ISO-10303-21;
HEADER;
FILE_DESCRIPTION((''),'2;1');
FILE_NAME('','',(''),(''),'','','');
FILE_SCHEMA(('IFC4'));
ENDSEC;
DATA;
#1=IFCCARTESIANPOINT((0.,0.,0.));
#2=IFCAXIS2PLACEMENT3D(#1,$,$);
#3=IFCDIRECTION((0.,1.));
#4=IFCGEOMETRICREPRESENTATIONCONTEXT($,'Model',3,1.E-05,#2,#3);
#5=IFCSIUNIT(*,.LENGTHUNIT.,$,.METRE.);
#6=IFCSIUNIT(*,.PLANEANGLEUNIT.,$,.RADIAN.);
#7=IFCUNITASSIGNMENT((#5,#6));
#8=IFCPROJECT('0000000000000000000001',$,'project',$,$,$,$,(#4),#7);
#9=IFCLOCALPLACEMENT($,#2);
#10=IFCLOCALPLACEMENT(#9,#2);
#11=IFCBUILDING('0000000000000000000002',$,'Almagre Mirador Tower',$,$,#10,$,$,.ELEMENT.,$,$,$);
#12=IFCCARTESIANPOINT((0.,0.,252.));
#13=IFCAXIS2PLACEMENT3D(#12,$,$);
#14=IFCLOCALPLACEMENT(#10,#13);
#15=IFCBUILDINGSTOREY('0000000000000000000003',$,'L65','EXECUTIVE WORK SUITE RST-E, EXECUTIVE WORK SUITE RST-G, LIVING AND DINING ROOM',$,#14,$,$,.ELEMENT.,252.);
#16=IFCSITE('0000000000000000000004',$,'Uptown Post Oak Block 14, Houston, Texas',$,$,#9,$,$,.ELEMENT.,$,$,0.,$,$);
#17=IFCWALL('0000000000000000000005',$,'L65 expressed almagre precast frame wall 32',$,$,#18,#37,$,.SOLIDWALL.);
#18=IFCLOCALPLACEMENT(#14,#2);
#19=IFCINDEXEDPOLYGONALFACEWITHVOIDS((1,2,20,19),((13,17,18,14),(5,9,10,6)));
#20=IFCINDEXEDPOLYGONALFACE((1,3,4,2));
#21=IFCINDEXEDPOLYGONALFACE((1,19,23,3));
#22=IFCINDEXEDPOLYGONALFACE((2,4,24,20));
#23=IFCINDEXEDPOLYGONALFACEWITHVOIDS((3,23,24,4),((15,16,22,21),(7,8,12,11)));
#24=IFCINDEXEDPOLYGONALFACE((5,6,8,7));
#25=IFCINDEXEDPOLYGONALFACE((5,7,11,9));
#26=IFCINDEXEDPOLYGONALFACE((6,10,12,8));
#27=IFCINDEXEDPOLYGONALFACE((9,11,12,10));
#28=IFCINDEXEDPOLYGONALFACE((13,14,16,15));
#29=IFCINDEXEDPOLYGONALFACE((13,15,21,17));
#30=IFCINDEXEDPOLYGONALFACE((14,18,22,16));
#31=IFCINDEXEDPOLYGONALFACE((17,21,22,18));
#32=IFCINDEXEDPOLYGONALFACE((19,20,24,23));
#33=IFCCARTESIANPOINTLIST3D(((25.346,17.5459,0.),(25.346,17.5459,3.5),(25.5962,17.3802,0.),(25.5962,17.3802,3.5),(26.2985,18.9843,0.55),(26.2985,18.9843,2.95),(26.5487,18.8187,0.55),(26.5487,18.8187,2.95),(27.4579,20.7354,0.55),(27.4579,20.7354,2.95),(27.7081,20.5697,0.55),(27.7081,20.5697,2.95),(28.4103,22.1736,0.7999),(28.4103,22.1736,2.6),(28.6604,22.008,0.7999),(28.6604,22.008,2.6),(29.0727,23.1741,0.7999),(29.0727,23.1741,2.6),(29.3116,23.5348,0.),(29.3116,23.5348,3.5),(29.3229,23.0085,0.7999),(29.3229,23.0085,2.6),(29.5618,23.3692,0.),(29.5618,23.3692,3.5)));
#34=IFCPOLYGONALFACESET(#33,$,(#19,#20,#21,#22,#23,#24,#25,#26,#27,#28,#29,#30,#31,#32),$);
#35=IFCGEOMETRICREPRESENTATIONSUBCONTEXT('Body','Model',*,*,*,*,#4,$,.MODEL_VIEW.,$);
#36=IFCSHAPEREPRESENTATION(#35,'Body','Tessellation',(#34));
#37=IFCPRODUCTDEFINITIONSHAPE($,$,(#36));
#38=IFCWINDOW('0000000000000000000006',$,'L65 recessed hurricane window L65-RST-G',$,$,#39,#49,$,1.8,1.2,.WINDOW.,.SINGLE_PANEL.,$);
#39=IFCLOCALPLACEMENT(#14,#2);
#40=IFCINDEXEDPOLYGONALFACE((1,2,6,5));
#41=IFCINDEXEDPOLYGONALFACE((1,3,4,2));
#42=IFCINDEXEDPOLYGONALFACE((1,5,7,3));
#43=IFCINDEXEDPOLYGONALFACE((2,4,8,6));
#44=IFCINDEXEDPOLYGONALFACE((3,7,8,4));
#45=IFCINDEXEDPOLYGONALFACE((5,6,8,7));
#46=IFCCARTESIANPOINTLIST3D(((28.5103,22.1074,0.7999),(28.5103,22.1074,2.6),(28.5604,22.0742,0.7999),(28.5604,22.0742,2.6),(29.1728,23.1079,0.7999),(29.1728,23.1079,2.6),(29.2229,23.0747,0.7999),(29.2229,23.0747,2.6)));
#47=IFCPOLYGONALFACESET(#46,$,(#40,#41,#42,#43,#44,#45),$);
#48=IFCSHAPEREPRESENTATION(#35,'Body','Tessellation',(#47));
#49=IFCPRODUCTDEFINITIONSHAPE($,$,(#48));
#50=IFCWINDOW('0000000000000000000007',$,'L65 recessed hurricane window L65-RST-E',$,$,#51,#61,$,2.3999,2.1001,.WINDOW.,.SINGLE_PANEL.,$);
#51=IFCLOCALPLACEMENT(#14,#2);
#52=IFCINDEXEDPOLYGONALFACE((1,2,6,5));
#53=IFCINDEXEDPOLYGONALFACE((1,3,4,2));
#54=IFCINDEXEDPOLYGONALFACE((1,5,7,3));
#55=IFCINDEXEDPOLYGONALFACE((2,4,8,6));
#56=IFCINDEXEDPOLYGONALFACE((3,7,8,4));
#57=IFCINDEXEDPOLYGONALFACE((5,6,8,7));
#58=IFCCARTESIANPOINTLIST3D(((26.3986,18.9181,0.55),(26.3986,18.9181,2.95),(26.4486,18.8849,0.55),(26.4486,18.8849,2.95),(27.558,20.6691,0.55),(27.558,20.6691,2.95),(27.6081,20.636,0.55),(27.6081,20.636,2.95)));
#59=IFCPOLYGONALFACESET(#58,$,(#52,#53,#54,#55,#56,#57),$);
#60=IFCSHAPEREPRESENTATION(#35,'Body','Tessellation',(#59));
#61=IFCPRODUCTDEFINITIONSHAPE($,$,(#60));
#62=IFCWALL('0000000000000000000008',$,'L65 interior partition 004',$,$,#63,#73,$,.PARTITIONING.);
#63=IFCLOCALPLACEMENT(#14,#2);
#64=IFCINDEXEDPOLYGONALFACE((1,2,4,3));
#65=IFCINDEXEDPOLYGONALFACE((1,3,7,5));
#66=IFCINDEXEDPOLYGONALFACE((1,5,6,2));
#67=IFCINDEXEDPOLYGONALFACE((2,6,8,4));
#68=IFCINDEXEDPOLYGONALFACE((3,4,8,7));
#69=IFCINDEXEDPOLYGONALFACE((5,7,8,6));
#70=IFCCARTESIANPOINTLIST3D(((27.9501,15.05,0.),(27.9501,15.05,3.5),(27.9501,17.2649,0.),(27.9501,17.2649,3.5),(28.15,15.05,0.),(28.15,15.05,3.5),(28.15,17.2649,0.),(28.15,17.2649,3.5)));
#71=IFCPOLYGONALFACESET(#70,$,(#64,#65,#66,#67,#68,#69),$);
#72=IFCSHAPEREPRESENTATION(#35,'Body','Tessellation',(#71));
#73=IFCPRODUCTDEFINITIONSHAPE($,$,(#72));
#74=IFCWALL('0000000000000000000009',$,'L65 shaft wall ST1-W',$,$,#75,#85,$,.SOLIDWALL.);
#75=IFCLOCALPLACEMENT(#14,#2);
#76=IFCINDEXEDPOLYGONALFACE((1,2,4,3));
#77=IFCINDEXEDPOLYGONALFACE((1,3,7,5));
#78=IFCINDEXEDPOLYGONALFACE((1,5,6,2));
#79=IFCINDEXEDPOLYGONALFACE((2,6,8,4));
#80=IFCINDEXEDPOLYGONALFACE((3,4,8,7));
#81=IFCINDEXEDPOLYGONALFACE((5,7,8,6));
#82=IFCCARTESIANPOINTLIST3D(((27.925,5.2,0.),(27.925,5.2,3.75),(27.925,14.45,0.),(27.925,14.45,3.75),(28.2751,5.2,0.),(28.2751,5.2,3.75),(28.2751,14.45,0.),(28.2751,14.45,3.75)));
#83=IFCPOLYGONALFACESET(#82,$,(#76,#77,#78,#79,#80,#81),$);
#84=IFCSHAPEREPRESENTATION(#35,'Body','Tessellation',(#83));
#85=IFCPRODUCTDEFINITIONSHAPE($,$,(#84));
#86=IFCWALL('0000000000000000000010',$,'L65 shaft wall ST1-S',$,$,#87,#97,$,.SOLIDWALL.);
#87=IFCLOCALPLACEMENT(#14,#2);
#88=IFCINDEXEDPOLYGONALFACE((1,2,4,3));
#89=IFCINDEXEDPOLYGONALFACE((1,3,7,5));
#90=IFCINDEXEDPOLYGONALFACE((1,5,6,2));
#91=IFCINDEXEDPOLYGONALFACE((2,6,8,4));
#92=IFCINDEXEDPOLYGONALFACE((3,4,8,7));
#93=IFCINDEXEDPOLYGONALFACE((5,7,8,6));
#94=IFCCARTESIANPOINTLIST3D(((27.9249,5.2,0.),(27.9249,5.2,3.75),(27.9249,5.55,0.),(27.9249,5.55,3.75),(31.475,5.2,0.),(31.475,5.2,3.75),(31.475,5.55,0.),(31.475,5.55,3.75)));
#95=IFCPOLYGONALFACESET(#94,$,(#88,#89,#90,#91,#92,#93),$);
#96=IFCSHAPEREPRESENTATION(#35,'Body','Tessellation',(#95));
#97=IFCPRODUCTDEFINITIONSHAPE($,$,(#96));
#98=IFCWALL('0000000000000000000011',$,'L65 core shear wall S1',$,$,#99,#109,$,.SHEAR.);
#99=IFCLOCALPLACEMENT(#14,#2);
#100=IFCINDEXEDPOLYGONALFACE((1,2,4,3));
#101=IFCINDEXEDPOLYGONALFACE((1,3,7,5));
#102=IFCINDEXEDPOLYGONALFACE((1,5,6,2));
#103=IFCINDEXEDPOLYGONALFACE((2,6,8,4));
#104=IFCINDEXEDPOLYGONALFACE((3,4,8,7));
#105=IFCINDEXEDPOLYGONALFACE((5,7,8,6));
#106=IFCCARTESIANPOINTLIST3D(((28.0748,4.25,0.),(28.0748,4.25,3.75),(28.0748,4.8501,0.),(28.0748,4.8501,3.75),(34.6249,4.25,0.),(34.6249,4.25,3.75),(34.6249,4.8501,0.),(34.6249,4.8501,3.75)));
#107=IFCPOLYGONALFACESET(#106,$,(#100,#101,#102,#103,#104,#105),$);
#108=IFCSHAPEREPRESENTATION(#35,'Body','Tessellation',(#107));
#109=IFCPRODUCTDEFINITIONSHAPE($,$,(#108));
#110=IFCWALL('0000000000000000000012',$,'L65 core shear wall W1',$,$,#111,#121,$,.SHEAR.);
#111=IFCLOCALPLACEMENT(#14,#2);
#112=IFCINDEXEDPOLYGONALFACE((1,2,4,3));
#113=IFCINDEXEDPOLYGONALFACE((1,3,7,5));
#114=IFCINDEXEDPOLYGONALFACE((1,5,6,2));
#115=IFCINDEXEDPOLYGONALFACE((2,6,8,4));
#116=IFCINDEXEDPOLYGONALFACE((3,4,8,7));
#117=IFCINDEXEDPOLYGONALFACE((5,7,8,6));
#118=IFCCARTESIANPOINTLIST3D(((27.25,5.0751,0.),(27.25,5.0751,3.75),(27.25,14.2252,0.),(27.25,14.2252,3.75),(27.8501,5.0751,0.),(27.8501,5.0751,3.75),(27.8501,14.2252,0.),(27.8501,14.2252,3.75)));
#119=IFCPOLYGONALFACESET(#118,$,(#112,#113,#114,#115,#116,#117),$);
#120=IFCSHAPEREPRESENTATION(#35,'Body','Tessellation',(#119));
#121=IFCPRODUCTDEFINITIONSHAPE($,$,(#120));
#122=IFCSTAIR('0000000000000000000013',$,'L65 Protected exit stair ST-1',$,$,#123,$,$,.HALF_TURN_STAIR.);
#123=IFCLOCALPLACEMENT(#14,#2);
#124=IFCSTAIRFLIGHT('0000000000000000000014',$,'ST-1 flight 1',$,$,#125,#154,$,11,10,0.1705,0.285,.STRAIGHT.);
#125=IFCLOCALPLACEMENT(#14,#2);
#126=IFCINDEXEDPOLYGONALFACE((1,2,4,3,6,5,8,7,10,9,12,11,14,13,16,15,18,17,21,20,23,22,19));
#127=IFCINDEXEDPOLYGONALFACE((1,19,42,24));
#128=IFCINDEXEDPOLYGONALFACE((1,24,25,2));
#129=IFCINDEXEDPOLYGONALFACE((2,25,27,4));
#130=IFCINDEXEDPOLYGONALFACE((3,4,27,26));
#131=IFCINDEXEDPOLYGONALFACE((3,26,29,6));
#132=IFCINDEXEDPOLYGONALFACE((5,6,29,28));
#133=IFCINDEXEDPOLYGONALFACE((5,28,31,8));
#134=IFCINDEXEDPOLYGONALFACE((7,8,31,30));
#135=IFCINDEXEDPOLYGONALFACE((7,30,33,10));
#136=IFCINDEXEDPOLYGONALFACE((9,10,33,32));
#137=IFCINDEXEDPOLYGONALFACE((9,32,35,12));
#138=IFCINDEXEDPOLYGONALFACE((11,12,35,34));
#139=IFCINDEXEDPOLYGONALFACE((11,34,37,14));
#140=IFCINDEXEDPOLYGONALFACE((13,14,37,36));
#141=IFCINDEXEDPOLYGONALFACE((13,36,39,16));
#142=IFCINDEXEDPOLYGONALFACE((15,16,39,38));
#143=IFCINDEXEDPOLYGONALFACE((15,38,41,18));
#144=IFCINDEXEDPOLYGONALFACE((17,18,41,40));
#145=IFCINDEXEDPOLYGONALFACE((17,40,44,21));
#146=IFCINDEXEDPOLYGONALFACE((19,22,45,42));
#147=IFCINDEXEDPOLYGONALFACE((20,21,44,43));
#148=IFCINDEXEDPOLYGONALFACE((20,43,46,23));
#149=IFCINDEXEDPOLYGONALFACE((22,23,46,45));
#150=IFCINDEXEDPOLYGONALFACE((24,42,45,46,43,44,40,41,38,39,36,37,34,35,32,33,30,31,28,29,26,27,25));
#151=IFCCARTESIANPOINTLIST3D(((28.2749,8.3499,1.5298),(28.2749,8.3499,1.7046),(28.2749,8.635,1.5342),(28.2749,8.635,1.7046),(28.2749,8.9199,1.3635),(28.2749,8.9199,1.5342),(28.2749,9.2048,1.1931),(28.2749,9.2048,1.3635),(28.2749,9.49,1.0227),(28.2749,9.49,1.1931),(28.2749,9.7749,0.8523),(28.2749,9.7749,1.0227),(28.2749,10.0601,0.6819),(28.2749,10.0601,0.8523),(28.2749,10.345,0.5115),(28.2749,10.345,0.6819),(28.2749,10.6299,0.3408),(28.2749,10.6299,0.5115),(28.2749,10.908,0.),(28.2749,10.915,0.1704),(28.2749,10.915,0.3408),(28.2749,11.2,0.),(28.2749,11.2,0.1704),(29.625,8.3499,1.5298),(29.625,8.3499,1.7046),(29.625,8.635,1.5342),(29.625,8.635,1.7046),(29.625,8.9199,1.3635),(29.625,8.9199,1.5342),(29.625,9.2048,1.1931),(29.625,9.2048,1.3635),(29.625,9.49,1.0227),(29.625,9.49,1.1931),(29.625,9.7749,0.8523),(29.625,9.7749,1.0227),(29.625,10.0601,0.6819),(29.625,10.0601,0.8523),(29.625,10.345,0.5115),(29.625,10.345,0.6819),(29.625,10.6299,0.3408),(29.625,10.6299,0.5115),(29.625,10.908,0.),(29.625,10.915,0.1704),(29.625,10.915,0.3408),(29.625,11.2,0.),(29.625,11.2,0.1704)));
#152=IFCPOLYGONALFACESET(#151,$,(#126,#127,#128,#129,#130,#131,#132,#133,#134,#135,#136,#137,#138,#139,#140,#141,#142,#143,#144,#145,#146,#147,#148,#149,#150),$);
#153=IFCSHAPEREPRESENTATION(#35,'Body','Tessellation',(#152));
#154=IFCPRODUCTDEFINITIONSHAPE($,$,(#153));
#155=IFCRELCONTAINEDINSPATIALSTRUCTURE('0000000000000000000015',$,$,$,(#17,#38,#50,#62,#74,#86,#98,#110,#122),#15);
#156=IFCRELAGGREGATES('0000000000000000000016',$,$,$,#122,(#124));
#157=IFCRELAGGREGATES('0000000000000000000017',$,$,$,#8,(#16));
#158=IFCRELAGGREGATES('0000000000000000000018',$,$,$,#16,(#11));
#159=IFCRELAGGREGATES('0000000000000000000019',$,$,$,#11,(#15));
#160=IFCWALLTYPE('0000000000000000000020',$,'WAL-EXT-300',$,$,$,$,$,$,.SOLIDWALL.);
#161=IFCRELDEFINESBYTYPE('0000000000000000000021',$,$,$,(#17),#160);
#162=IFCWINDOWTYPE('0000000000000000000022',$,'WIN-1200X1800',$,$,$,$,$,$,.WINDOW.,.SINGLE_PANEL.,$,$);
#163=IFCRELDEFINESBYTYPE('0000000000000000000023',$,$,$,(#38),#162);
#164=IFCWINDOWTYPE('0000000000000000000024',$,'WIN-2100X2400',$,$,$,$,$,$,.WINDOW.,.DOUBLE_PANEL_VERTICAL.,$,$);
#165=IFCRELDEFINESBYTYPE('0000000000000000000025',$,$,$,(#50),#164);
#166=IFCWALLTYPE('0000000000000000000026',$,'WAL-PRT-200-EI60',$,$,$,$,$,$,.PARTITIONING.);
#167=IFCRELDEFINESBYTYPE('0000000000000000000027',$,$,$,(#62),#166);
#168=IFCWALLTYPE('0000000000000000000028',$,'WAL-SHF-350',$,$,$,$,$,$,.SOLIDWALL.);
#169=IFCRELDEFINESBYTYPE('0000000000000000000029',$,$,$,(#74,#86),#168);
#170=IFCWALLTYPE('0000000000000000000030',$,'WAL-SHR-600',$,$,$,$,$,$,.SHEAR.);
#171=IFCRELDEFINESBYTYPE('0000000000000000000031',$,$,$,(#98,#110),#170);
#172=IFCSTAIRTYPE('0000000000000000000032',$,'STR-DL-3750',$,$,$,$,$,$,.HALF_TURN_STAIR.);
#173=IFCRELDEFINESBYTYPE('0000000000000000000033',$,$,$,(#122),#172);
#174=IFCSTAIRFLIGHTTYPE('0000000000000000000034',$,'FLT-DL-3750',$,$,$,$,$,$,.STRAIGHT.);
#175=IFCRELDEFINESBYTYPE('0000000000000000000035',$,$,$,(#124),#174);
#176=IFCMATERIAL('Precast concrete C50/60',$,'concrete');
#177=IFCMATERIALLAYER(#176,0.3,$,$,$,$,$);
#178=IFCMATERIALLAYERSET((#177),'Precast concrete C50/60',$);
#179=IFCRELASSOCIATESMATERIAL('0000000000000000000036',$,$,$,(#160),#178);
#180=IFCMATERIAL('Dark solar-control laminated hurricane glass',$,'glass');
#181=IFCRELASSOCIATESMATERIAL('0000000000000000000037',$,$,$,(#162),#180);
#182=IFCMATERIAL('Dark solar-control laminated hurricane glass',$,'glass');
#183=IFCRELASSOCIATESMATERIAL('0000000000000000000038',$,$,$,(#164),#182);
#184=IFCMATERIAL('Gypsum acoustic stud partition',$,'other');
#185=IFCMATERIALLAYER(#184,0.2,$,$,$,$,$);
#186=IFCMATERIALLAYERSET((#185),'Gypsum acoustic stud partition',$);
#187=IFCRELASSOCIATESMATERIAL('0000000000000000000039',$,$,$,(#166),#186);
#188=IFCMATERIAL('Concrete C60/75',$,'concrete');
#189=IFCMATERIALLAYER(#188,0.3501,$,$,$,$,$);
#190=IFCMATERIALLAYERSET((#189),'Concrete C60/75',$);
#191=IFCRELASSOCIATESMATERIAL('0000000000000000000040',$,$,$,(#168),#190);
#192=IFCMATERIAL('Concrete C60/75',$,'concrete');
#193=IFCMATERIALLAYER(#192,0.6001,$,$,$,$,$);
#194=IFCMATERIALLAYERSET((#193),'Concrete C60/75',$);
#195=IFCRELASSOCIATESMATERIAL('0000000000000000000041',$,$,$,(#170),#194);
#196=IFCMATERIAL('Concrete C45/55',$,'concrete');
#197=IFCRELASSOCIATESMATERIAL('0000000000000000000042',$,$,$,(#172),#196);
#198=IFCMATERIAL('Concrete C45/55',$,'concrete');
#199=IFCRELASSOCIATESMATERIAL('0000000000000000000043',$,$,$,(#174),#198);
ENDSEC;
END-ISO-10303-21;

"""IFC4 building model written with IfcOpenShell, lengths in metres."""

from ifc_helpers import new_model, si_unit, direction, frame, frame_2d, origin, place, context, subcontext, project, spatial, polyline, rectangle, outline, extrude, material, layer, layer_set, type_object, element, fill, aggregate, save


model = new_model("IFC4")

# Units and contexts
model_context = context("Model", 3, precision=1e-05, world=origin(), true_north=direction((0.0, 1.0)))
body_context = subcontext(model_context, "Body", "Model", "MODEL_VIEW")
ifc_project = project(units=[si_unit("LENGTHUNIT", "METRE"), si_unit("PLANEANGLEUNIT", "RADIAN")], contexts=[model_context])

# Site, building, storey
site_placement = place(None, origin())
site = spatial("IfcSite", under=ifc_project, at=site_placement, Name="Uptown Post Oak Block 14, Houston, Texas", CompositionType="ELEMENT", RefElevation=0.0)
building_placement = place(site_placement, origin())
building = spatial("IfcBuilding", under=site, at=building_placement, Name="Almagre Mirador Tower", CompositionType="ELEMENT")
storey_placement = place(building_placement, frame((0.0, 0.0, 252.0)))
storey = spatial("IfcBuildingStorey", under=building, at=storey_placement, Name="L65", Description="EXECUTIVE WORK SUITE RST-E, EXECUTIVE WORK SUITE RST-G, LIVING AND DINING ROOM", CompositionType="ELEMENT", Elevation=252.0)

# Shared definitions
ifc_material_1 = material(Name="Precast concrete C50/60", Category="concrete")
ifc_layer_1 = layer(ifc_material_1, 0.3)
ifc_layer_set_1 = layer_set([ifc_layer_1], Name="Precast concrete C50/60")
wall_type_1 = type_object("IfcWallType", Name="WAL-EXT-300", PredefinedType="SOLIDWALL", material=ifc_layer_set_1)
ifc_material_2 = material(Name="Dark solar-control laminated hurricane glass", Category="glass")
window_type_1 = type_object("IfcWindowType", Name="WIN-1200X1800", PartitioningType="SINGLE_PANEL", PredefinedType="WINDOW", material=ifc_material_2)

# Wall, openings, windows
wall_1_placement = place(storey_placement, frame((25.4712, 17.4631, 0.0), z_axis=(0.0, 0.0, 1.0), x_axis=(0.552086, 0.833787, 0.0)))
wall_1 = element("IfcWall", 1, at=wall_1_placement, inside=storey, type_object=wall_type_1, Name="L65 expressed almagre precast frame wall 32", PredefinedType="SOLIDWALL", context=body_context, shape_type="SweptSolid", body=[
    extrude(rectangle(XDim=7.1829, YDim=0.3, at=frame_2d((3.5913, 0.0))), origin(), (0.0, 0.0, 1.0), 3.5),
])
opening_1_placement = place(wall_1_placement, frame((1.7251, 0.0, 0.55)))
opening_1 = element("IfcOpeningElement", 2, at=opening_1_placement, cuts=wall_1, PredefinedType="OPENING", context=body_context, shape_type="SweptSolid", body=[
    extrude(rectangle(XDim=2.1001, YDim=2.3999, at=frame_2d((1.05, 1.2))), frame((0.0, 0.1599, 0.0), z_axis=(0.0, -1.0, 0.0), x_axis=(1.0, 0.0, 0.0)), (0.0, 0.0, 1.0), 0.32),
])
opening_2_placement = place(wall_1_placement, frame((5.55, 0.0, 0.8)))
opening_2 = element("IfcOpeningElement", 3, at=opening_2_placement, cuts=wall_1, PredefinedType="OPENING", context=body_context, shape_type="SweptSolid", body=[
    extrude(rectangle(XDim=1.2, YDim=1.8, at=frame_2d((0.6001, 0.8999))), frame((0.0, 0.1599, 0.0), z_axis=(0.0, -1.0, 0.0), x_axis=(1.0, 0.0, 0.0)), (0.0, 0.0, 1.0), 0.32),
])
window_1_placement = place(opening_2_placement, origin())
window_1 = element("IfcWindow", 4, at=window_1_placement, inside=storey, type_object=window_type_1, Name="L65 recessed hurricane window L65-RST-G", OverallHeight=1.8, OverallWidth=1.2, PartitioningType="SINGLE_PANEL", PredefinedType="WINDOW", context=body_context, shape_type="SweptSolid", body=[
    extrude(rectangle(XDim=1.2, YDim=1.8, at=frame_2d((0.6001, 0.8999))), frame((0.0, 0.03, 0.0), z_axis=(0.0, -1.0, 0.0), x_axis=(1.0, 0.0, 0.0)), (0.0, 0.0, 1.0), 0.0601),
])
fill(opening_2, window_1)
ifc_material_3 = material(Name="Dark solar-control laminated hurricane glass", Category="glass")
window_type_2 = type_object("IfcWindowType", Name="WIN-2100X2400", PartitioningType="DOUBLE_PANEL_VERTICAL", PredefinedType="WINDOW", material=ifc_material_3)
window_2_placement = place(opening_1_placement, origin())
window_2 = element("IfcWindow", 5, at=window_2_placement, inside=storey, type_object=window_type_2, Name="L65 recessed hurricane window L65-RST-E", OverallHeight=2.3999, OverallWidth=2.1001, PartitioningType="SINGLE_PANEL", PredefinedType="WINDOW", context=body_context, shape_type="SweptSolid", body=[
    extrude(rectangle(XDim=2.1001, YDim=2.3999, at=frame_2d((1.05, 1.2))), frame((0.0, 0.03, 0.0), z_axis=(0.0, -1.0, 0.0), x_axis=(1.0, 0.0, 0.0)), (0.0, 0.0, 1.0), 0.0601),
])
fill(opening_1, window_2)

# Walls
ifc_material_4 = material(Name="Gypsum acoustic stud partition", Category="other")
ifc_layer_2 = layer(ifc_material_4, 0.2)
ifc_layer_set_2 = layer_set([ifc_layer_2], Name="Gypsum acoustic stud partition")
wall_type_2 = type_object("IfcWallType", Name="WAL-PRT-200-EI60", PredefinedType="PARTITIONING", material=ifc_layer_set_2)
wall_2_placement = place(storey_placement, frame((28.05, 17.2649, 0.0), z_axis=(0.0, 0.0, 1.0), x_axis=(0.0, -1.0, 0.0)))
element("IfcWall", 6, at=wall_2_placement, inside=storey, type_object=wall_type_2, Name="L65 interior partition 004", PredefinedType="PARTITIONING", context=body_context, shape_type="SweptSolid", body=[
    extrude(rectangle(XDim=2.2148, YDim=0.2, at=frame_2d((1.1074, 0.0))), origin(), (0.0, 0.0, 1.0), 3.5),
])
ifc_material_5 = material(Name="Concrete C60/75", Category="concrete")
ifc_layer_3 = layer(ifc_material_5, 0.3501)
ifc_layer_set_3 = layer_set([ifc_layer_3], Name="Concrete C60/75")
wall_type_3 = type_object("IfcWallType", Name="WAL-SHF-350", PredefinedType="SOLIDWALL", material=ifc_layer_set_3)
wall_3_placement = place(storey_placement, frame((28.1001, 5.2, 0.0), z_axis=(0.0, 0.0, 1.0), x_axis=(0.0, 1.0, 0.0)))
element("IfcWall", 7, at=wall_3_placement, inside=storey, type_object=wall_type_3, Name="L65 shaft wall ST1-W", PredefinedType="SOLIDWALL", context=body_context, shape_type="SweptSolid", body=[
    extrude(rectangle(XDim=9.25, YDim=0.3501, at=frame_2d((4.625, 0.0))), origin(), (0.0, 0.0, 1.0), 3.75),
])
wall_4_placement = place(storey_placement, frame((27.925, 5.375, 0.0), z_axis=(0.0, 0.0, 1.0), x_axis=(1.0, 0.0, 0.0)))
element("IfcWall", 8, at=wall_4_placement, inside=storey, type_object=wall_type_3, Name="L65 shaft wall ST1-S", PredefinedType="SOLIDWALL", context=body_context, shape_type="SweptSolid", body=[
    extrude(rectangle(XDim=3.55, YDim=0.3501, at=frame_2d((1.7749, 0.0))), origin(), (0.0, 0.0, 1.0), 3.75),
])
ifc_material_6 = material(Name="Concrete C60/75", Category="concrete")
ifc_layer_4 = layer(ifc_material_6, 0.6001)
ifc_layer_set_4 = layer_set([ifc_layer_4], Name="Concrete C60/75")
wall_type_4 = type_object("IfcWallType", Name="WAL-SHR-600", PredefinedType="SHEAR", material=ifc_layer_set_4)
wall_5_placement = place(storey_placement, frame((28.075, 4.55, 0.0), z_axis=(0.0, 0.0, 1.0), x_axis=(1.0, 0.0, 0.0)))
element("IfcWall", 9, at=wall_5_placement, inside=storey, type_object=wall_type_4, Name="L65 core shear wall S1", PredefinedType="SHEAR", context=body_context, shape_type="SweptSolid", body=[
    extrude(rectangle(XDim=6.55, YDim=0.6001, at=frame_2d((3.2749, 0.0))), origin(), (0.0, 0.0, 1.0), 3.75),
])

# Wall
wall_6_placement = place(storey_placement, frame((27.55, 5.075, 0.0), z_axis=(0.0, 0.0, 1.0), x_axis=(0.0, 1.0, 0.0)))
element("IfcWall", 10, at=wall_6_placement, inside=storey, type_object=wall_type_4, Name="L65 core shear wall W1", PredefinedType="SHEAR", context=body_context, shape_type="SweptSolid", body=[
    extrude(rectangle(XDim=9.1501, YDim=0.6001, at=frame_2d((4.5752, 0.0))), origin(), (0.0, 0.0, 1.0), 3.75),
])

# Stair, stair flight
ifc_material_7 = material(Name="Concrete C45/55", Category="concrete")
stair_type = type_object("IfcStairType", Name="STR-DL-3750", PredefinedType="HALF_TURN_STAIR", material=ifc_material_7)
stair_placement = place(storey_placement, origin())
stair = element("IfcStair", 11, at=stair_placement, inside=storey, type_object=stair_type, Name="L65 Protected exit stair ST-1", PredefinedType="HALF_TURN_STAIR")
ifc_material_8 = material(Name="Concrete C45/55", Category="concrete")
stair_flight_type = type_object("IfcStairFlightType", Name="FLT-DL-3750", PredefinedType="STRAIGHT", material=ifc_material_8)
stair_flight_placement = place(storey_placement, frame((28.95, 11.2, 0.0), z_axis=(0.0, 0.0, 1.0), x_axis=(0.0, -1.0, 0.0)))
stair_flight = element("IfcStairFlight", 12, at=stair_flight_placement, type_object=stair_flight_type, Name="ST-1 flight 1", NumberOfRisers=11, NumberOfTreads=10, PredefinedType="STRAIGHT", RiserHeight=0.1705, TreadLength=0.285, context=body_context, shape_type="SweptSolid", body=[
    extrude(outline(polyline([(0.0, 0.0), (0.0, 0.1704), (0.2849, 0.1704), (0.2849, 0.3408), (0.5701, 0.3408), (0.5701, 0.5115), (0.855, 0.5115), (0.855, 0.6819), (1.1399, 0.6819), (1.1399, 0.8523), (1.425, 0.8523), (1.425, 1.0227), (1.71, 1.0227), (1.71, 1.1931), (1.9951, 1.1931), (1.9951, 1.3635), (2.28, 1.3635), (2.28, 1.5342), (2.5649, 1.5342), (2.5649, 1.7046), (2.8501, 1.7046), (2.8501, 1.875), (2.8501, 1.5298), (0.292, 0.0), (0.0, 0.0)])), frame((0.0, 0.675, 0.0), z_axis=(0.0, -1.0, 0.0), x_axis=(1.0, 0.0, 0.0)), (0.0, 0.0, 1.0), 1.3501),
])
aggregate(stair, [stair_flight])

save(model, "model.ifc")
